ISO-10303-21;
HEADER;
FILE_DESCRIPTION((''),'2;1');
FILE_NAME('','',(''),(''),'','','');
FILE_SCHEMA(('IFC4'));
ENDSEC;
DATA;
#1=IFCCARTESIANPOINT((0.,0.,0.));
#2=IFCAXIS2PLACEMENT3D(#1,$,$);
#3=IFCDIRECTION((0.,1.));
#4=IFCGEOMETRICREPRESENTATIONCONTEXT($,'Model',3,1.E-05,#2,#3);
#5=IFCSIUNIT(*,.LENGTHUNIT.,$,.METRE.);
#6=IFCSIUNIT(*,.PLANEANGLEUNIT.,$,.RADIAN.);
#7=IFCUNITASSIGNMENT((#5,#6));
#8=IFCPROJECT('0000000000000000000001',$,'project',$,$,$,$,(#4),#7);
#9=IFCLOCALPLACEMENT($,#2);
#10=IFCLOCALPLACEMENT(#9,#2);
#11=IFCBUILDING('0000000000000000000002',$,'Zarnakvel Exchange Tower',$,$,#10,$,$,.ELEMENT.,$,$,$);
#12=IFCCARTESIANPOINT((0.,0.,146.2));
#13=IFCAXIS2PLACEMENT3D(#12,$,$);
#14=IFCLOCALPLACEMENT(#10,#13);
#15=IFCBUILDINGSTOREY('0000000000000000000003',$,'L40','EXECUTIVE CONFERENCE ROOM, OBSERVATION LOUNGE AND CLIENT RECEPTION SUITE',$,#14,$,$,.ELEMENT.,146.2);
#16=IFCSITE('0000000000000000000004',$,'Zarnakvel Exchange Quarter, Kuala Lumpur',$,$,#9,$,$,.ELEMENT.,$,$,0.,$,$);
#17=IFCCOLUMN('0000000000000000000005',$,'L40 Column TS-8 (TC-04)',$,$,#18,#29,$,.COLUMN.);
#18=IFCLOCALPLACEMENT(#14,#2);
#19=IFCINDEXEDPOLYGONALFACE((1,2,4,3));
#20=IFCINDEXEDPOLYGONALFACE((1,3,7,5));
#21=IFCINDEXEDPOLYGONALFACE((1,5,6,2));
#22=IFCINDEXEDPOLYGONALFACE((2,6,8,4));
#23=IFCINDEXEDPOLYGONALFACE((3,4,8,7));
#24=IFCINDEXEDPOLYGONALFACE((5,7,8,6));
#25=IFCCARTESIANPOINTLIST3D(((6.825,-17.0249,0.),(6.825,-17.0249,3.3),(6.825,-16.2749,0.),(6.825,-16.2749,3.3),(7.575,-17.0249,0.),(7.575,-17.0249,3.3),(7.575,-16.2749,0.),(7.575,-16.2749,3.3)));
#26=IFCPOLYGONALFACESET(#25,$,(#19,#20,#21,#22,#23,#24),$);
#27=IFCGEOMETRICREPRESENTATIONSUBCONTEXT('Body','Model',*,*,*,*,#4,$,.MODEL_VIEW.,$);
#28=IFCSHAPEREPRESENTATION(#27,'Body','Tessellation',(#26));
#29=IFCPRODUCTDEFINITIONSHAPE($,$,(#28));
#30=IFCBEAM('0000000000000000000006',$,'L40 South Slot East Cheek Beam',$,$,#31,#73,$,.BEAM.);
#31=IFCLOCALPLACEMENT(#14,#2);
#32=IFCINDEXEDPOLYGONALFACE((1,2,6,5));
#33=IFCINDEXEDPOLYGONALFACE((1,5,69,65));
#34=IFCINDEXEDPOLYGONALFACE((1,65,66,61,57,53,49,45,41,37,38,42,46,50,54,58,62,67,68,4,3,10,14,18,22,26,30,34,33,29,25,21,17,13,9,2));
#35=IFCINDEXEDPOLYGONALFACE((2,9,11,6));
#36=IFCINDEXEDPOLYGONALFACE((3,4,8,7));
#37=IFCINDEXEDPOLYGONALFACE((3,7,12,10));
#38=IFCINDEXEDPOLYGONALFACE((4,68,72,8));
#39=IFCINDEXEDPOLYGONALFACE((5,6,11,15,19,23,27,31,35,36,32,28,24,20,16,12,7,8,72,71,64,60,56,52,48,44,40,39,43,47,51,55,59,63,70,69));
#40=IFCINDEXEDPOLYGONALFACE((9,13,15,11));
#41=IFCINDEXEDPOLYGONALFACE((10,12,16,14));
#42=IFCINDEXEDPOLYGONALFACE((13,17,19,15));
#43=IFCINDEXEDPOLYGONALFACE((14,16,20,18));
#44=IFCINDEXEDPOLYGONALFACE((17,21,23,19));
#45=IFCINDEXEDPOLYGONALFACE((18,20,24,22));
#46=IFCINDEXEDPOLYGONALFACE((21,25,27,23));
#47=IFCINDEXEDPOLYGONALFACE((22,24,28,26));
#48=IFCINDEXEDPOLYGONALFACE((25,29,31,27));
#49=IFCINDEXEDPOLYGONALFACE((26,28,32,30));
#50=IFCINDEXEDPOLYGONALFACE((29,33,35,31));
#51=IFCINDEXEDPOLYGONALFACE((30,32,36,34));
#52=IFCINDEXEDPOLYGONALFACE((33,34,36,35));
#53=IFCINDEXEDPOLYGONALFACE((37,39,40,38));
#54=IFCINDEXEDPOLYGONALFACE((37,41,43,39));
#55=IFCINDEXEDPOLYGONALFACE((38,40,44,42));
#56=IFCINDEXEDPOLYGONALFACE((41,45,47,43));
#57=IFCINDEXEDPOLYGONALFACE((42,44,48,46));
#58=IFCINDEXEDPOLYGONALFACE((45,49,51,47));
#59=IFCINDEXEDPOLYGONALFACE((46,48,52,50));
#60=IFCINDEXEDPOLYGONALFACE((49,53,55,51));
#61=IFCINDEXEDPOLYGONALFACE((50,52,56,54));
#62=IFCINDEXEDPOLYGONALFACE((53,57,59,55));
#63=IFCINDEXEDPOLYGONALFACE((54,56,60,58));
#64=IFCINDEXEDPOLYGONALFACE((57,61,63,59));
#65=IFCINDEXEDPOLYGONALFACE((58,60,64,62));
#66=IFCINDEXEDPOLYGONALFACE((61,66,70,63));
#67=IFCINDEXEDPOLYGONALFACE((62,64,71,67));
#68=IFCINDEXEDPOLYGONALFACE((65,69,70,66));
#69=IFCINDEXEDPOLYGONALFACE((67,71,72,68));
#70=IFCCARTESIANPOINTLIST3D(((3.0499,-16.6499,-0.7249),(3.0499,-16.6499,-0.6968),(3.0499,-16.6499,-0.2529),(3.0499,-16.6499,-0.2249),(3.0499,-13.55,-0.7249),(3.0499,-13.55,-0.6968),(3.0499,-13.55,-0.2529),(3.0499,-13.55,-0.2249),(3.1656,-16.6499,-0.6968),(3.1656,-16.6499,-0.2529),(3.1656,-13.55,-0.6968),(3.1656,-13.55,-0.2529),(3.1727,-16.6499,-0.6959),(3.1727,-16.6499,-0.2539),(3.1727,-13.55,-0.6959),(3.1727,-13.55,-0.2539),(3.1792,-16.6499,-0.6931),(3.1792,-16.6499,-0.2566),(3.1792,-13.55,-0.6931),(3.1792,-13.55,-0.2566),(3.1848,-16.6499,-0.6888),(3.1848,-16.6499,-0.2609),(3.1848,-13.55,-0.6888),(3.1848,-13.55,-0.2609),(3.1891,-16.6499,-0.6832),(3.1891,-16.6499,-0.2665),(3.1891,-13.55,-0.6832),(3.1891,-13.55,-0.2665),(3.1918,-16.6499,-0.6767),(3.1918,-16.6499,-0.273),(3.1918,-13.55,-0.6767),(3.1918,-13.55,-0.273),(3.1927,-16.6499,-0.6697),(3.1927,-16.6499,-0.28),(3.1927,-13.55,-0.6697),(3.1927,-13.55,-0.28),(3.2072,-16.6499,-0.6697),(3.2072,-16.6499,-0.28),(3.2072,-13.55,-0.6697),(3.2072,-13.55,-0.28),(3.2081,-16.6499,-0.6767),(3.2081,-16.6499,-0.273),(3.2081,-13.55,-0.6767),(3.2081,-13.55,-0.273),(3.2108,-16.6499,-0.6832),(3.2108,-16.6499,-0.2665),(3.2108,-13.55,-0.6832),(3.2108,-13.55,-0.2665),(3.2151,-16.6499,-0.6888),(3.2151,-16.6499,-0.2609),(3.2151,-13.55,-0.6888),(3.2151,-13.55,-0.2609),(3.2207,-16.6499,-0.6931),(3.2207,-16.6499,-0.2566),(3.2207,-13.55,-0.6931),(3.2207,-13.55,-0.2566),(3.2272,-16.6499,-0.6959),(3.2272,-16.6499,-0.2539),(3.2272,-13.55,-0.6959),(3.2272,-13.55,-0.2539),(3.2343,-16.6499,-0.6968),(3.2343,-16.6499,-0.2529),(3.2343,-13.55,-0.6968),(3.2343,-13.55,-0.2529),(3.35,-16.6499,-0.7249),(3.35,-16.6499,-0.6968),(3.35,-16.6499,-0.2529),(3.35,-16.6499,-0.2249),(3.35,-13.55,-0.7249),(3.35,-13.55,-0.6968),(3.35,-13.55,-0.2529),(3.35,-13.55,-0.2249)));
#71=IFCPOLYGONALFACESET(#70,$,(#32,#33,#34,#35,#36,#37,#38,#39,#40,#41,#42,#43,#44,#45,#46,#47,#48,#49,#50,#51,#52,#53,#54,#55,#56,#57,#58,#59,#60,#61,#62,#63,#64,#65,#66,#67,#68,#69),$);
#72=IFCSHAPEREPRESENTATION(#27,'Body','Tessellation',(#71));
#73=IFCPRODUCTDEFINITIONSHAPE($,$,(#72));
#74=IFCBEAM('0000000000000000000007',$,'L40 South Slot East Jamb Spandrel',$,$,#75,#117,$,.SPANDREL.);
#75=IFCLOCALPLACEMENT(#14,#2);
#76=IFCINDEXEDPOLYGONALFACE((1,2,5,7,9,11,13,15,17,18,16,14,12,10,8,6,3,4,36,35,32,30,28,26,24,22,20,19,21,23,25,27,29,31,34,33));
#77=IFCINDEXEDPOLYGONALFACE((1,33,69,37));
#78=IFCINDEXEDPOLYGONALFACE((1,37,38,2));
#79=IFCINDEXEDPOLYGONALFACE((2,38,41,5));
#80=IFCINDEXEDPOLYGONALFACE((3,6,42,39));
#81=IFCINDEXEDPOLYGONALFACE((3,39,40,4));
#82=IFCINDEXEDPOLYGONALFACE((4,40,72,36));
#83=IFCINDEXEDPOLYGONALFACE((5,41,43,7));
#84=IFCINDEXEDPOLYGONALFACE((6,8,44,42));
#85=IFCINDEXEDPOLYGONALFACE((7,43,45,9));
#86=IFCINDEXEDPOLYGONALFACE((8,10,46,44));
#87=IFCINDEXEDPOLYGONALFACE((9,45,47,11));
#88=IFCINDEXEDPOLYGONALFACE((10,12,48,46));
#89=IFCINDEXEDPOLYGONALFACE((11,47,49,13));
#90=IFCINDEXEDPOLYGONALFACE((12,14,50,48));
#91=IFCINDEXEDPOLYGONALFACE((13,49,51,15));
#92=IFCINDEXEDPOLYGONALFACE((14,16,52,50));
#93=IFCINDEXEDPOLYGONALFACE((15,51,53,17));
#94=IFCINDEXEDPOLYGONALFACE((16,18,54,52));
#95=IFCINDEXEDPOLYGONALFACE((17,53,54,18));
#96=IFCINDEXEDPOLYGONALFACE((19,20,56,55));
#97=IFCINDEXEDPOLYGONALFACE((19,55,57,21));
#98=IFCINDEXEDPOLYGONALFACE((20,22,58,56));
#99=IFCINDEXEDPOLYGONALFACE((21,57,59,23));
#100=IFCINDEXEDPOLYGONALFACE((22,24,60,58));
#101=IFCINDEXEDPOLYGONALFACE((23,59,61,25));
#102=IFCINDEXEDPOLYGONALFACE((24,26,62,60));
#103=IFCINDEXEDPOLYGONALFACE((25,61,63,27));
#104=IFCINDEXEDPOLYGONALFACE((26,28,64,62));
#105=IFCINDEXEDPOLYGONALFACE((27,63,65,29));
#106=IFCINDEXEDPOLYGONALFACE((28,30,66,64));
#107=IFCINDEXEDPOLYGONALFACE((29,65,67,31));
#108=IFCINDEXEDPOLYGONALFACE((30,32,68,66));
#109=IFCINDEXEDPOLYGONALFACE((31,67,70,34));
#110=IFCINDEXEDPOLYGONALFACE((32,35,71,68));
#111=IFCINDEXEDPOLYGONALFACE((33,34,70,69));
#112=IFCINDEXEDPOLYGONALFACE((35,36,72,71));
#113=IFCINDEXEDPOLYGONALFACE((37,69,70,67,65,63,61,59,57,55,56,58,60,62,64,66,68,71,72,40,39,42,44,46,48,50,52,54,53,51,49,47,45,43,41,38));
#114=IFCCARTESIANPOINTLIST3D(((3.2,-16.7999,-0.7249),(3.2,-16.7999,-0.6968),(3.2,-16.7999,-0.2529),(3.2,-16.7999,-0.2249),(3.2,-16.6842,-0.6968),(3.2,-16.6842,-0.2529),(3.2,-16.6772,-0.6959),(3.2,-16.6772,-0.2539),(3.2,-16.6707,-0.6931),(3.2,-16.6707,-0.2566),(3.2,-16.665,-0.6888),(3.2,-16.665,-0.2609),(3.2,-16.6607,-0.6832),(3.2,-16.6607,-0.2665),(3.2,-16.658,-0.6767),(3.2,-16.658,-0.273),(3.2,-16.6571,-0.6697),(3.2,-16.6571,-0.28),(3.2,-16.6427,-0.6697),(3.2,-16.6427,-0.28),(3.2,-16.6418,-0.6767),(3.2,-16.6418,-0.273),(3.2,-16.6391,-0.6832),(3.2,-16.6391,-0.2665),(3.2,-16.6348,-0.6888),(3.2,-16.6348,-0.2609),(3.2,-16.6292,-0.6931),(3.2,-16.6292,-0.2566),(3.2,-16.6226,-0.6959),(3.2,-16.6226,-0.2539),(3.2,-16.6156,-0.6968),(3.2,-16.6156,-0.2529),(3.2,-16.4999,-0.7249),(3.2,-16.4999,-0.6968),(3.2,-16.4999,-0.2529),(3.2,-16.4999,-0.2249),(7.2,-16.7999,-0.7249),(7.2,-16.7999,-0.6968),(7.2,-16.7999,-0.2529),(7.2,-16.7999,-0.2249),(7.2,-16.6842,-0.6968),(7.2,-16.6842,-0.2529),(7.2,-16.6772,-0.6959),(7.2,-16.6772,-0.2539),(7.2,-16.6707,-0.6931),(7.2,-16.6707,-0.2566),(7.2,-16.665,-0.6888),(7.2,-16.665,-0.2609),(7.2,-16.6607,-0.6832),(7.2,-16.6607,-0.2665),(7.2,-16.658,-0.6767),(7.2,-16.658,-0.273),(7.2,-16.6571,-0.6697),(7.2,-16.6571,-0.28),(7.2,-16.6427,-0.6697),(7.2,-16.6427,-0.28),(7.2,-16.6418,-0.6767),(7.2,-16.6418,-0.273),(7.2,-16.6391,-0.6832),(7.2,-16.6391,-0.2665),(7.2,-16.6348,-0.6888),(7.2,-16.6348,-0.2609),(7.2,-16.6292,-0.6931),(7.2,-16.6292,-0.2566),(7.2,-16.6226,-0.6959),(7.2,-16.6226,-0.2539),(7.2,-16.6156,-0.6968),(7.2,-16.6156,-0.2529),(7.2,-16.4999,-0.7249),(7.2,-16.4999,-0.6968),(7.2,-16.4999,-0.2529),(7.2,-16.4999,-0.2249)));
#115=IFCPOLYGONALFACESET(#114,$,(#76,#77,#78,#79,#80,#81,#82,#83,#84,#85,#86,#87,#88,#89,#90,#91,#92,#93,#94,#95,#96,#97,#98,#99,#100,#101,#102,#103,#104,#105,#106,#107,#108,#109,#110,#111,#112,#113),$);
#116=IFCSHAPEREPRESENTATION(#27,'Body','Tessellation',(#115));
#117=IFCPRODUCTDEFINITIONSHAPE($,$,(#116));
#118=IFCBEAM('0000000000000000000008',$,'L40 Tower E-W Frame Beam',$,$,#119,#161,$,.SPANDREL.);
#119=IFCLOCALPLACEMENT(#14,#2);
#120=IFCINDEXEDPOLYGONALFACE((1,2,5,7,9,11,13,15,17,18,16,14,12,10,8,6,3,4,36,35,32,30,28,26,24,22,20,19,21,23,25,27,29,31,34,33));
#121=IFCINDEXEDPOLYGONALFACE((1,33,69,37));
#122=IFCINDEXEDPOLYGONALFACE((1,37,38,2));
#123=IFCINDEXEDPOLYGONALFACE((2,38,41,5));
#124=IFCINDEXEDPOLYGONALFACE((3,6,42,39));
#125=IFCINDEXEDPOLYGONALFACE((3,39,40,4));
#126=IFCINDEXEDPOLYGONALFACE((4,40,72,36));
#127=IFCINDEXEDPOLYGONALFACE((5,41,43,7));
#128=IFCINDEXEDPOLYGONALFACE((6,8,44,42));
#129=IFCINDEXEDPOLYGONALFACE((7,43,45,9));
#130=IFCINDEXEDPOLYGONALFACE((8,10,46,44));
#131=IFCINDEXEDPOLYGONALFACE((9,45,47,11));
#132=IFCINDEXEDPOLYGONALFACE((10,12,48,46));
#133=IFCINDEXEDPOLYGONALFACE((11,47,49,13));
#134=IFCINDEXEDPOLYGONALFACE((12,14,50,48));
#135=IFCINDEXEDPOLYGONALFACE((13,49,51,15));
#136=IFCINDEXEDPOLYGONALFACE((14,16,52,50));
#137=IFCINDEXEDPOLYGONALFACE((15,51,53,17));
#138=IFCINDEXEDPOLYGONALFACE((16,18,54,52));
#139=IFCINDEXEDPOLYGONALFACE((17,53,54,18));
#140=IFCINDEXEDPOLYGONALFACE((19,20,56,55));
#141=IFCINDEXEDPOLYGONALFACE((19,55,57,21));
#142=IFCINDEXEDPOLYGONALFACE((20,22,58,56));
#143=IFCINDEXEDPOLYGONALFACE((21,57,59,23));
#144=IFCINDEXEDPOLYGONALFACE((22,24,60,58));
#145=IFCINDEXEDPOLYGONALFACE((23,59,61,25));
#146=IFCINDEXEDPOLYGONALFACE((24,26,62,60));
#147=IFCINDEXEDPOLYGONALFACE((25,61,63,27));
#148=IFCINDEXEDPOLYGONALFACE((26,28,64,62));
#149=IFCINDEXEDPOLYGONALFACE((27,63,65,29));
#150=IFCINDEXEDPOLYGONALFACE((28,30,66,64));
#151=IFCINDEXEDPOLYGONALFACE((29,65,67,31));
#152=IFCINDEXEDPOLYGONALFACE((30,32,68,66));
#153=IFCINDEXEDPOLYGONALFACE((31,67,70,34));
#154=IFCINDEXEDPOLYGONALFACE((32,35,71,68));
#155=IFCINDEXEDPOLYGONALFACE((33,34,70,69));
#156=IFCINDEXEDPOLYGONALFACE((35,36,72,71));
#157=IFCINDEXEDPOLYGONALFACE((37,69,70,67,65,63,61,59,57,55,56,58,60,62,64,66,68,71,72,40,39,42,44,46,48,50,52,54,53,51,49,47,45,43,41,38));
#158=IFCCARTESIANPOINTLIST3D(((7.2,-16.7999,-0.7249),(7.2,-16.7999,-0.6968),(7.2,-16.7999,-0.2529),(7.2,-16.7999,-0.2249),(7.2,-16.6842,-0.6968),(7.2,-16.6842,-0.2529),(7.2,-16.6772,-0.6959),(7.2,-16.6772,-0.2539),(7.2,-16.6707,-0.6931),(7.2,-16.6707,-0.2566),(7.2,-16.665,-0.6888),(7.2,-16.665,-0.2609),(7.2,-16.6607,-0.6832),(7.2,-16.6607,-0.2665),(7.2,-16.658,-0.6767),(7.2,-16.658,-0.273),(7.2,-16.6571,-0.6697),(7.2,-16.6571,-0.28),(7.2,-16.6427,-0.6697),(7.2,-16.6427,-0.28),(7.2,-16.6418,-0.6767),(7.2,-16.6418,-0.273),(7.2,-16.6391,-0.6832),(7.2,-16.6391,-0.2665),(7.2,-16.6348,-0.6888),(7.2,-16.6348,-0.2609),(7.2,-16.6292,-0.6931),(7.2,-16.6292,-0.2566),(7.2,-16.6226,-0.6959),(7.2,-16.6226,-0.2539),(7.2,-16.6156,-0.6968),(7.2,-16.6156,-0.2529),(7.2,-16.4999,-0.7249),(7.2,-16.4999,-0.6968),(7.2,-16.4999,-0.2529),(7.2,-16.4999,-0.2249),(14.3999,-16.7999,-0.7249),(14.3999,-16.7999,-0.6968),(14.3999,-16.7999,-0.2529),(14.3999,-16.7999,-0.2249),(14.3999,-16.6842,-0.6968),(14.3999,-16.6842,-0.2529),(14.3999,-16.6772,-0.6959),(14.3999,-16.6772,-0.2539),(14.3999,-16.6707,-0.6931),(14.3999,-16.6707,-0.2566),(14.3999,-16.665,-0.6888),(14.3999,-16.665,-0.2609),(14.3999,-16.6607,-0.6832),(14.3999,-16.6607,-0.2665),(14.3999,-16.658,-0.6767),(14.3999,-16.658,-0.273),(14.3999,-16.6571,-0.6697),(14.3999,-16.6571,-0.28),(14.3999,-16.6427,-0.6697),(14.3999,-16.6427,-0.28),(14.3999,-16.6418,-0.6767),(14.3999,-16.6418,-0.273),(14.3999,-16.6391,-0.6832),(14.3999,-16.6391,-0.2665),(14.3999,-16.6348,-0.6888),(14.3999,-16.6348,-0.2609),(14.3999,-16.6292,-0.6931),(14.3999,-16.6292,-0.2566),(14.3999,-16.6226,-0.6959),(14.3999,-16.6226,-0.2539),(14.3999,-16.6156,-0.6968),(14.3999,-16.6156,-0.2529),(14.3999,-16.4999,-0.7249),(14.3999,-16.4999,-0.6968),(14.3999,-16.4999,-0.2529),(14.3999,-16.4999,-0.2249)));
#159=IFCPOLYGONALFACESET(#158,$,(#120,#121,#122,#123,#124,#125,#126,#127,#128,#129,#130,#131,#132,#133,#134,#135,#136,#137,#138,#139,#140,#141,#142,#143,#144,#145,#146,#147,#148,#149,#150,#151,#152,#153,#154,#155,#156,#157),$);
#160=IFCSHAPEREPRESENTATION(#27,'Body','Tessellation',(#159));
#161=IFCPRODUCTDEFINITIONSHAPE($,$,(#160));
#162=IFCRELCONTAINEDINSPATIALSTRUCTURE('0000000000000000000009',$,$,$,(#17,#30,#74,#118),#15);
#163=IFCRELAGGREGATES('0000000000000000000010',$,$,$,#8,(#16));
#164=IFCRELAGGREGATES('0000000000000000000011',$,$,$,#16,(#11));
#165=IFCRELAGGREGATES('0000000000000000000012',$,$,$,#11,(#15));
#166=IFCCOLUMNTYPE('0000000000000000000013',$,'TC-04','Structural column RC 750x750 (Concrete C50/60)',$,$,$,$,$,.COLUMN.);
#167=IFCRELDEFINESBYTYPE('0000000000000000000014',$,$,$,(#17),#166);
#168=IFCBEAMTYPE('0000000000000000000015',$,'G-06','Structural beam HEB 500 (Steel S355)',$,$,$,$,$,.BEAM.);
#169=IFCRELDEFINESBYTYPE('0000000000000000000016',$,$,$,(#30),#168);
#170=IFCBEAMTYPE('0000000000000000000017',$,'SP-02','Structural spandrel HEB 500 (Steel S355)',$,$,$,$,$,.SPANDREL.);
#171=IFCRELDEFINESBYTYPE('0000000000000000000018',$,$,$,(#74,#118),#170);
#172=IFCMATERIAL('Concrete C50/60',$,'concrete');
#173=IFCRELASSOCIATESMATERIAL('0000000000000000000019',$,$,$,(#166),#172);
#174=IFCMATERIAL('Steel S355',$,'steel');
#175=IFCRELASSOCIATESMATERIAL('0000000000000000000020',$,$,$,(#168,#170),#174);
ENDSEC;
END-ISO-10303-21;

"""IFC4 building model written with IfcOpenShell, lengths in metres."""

from ifc_helpers import new_model, si_unit, direction, frame, origin, origin_2d, place, context, subcontext, project, spatial, rectangle, i_section, extrude, material, material_profile, profile_set, type_object, element, save


model = new_model("IFC4")

# Units and contexts
model_context = context("Model", 3, precision=1e-05, world=origin(), true_north=direction((0.0, 1.0)))
body_context = subcontext(model_context, "Body", "Model", "MODEL_VIEW")
ifc_project = project(units=[si_unit("LENGTHUNIT", "METRE"), si_unit("PLANEANGLEUNIT", "RADIAN")], contexts=[model_context])

# Site, building, storey
site_placement = place(None, origin())
site = spatial("IfcSite", under=ifc_project, at=site_placement, Name="Zarnakvel Exchange Quarter, Kuala Lumpur", CompositionType="ELEMENT", RefElevation=0.0)
building_placement = place(site_placement, origin())
building = spatial("IfcBuilding", under=site, at=building_placement, Name="Zarnakvel Exchange Tower", CompositionType="ELEMENT")
storey_placement = place(building_placement, frame((0.0, 0.0, 146.2)))
storey = spatial("IfcBuildingStorey", under=building, at=storey_placement, Name="L40", Description="EXECUTIVE CONFERENCE ROOM, OBSERVATION LOUNGE AND CLIENT RECEPTION SUITE", CompositionType="ELEMENT", Elevation=146.2)

# Column
ifc_material_1 = material(Name="Concrete C50/60", Category="concrete")
ifc_material_profile_1 = material_profile(ifc_material_1, rectangle(XDim=0.75, YDim=0.75, at=origin_2d()))
ifc_profile_set_1 = profile_set([ifc_material_profile_1], Name="Concrete C50/60")
column_type = type_object("IfcColumnType", Name="TC-04", Description="Structural column RC 750x750 (Concrete C50/60)", PredefinedType="COLUMN", material=ifc_profile_set_1)
column_placement = place(storey_placement, frame((7.2, -16.6499, 0.0), z_axis=(0.0, 0.0, 1.0), x_axis=(1.0, 0.0, 0.0)))
element("IfcColumn", 1, at=column_placement, inside=storey, type_object=column_type, Name="L40 Column TS-8 (TC-04)", PredefinedType="COLUMN", context=body_context, shape_type="SweptSolid", body=[
    extrude(rectangle(XDim=0.75, YDim=0.75, at=origin_2d()), origin(), (0.0, 0.0, 1.0), 3.3),
])

# Beams
ifc_material_2 = material(Name="Steel S355", Category="steel")
ifc_material_profile_2 = material_profile(ifc_material_2, i_section(OverallWidth=0.3, OverallDepth=0.5, WebThickness=0.0144, FlangeThickness=0.0281, FilletRadius=0.0271, at=origin_2d()))
ifc_profile_set_2 = profile_set([ifc_material_profile_2], Name="Steel S355")
beam_type_1 = type_object("IfcBeamType", Name="G-06", Description="Structural beam HEB 500 (Steel S355)", PredefinedType="BEAM", material=ifc_profile_set_2)
beam_1_placement = place(storey_placement, frame((3.2, -16.6499, -0.4749), z_axis=(0.0, 1.0, 0.0), x_axis=(-1.0, 0.0, 0.0)))
element("IfcBeam", 2, at=beam_1_placement, inside=storey, type_object=beam_type_1, Name="L40 South Slot East Cheek Beam", PredefinedType="BEAM", context=body_context, shape_type="SweptSolid", body=[
    extrude(i_section(OverallWidth=0.3, OverallDepth=0.5, WebThickness=0.0144, FlangeThickness=0.0281, FilletRadius=0.0271, at=origin_2d()), origin(), (0.0, 0.0, 1.0), 3.0999),
])
ifc_material_profile_3 = material_profile(ifc_material_2, i_section(OverallWidth=0.3, OverallDepth=0.5, WebThickness=0.0144, FlangeThickness=0.0281, FilletRadius=0.0271, at=origin_2d()))
ifc_profile_set_3 = profile_set([ifc_material_profile_3], Name="Steel S355")
beam_type_2 = type_object("IfcBeamType", Name="SP-02", Description="Structural spandrel HEB 500 (Steel S355)", PredefinedType="SPANDREL", material=ifc_profile_set_3)
beam_2_placement = place(storey_placement, frame((3.2, -16.6499, -0.4749), z_axis=(1.0, 0.0, 0.0), x_axis=(0.0, 1.0, 0.0)))
element("IfcBeam", 3, at=beam_2_placement, inside=storey, type_object=beam_type_2, Name="L40 South Slot East Jamb Spandrel", PredefinedType="SPANDREL", context=body_context, shape_type="SweptSolid", body=[
    extrude(i_section(OverallWidth=0.3, OverallDepth=0.5, WebThickness=0.0144, FlangeThickness=0.0281, FilletRadius=0.0271, at=origin_2d()), origin(), (0.0, 0.0, 1.0), 4.0),
])
beam_3_placement = place(storey_placement, frame((7.2, -16.6499, -0.4749), z_axis=(1.0, 0.0, 0.0), x_axis=(0.0, 1.0, 0.0)))
element("IfcBeam", 4, at=beam_3_placement, inside=storey, type_object=beam_type_2, Name="L40 Tower E-W Frame Beam", PredefinedType="SPANDREL", context=body_context, shape_type="SweptSolid", body=[
    extrude(i_section(OverallWidth=0.3, OverallDepth=0.5, WebThickness=0.0144, FlangeThickness=0.0281, FilletRadius=0.0271, at=origin_2d()), origin(), (0.0, 0.0, 1.0), 7.2),
])

save(model, "model.ifc")
